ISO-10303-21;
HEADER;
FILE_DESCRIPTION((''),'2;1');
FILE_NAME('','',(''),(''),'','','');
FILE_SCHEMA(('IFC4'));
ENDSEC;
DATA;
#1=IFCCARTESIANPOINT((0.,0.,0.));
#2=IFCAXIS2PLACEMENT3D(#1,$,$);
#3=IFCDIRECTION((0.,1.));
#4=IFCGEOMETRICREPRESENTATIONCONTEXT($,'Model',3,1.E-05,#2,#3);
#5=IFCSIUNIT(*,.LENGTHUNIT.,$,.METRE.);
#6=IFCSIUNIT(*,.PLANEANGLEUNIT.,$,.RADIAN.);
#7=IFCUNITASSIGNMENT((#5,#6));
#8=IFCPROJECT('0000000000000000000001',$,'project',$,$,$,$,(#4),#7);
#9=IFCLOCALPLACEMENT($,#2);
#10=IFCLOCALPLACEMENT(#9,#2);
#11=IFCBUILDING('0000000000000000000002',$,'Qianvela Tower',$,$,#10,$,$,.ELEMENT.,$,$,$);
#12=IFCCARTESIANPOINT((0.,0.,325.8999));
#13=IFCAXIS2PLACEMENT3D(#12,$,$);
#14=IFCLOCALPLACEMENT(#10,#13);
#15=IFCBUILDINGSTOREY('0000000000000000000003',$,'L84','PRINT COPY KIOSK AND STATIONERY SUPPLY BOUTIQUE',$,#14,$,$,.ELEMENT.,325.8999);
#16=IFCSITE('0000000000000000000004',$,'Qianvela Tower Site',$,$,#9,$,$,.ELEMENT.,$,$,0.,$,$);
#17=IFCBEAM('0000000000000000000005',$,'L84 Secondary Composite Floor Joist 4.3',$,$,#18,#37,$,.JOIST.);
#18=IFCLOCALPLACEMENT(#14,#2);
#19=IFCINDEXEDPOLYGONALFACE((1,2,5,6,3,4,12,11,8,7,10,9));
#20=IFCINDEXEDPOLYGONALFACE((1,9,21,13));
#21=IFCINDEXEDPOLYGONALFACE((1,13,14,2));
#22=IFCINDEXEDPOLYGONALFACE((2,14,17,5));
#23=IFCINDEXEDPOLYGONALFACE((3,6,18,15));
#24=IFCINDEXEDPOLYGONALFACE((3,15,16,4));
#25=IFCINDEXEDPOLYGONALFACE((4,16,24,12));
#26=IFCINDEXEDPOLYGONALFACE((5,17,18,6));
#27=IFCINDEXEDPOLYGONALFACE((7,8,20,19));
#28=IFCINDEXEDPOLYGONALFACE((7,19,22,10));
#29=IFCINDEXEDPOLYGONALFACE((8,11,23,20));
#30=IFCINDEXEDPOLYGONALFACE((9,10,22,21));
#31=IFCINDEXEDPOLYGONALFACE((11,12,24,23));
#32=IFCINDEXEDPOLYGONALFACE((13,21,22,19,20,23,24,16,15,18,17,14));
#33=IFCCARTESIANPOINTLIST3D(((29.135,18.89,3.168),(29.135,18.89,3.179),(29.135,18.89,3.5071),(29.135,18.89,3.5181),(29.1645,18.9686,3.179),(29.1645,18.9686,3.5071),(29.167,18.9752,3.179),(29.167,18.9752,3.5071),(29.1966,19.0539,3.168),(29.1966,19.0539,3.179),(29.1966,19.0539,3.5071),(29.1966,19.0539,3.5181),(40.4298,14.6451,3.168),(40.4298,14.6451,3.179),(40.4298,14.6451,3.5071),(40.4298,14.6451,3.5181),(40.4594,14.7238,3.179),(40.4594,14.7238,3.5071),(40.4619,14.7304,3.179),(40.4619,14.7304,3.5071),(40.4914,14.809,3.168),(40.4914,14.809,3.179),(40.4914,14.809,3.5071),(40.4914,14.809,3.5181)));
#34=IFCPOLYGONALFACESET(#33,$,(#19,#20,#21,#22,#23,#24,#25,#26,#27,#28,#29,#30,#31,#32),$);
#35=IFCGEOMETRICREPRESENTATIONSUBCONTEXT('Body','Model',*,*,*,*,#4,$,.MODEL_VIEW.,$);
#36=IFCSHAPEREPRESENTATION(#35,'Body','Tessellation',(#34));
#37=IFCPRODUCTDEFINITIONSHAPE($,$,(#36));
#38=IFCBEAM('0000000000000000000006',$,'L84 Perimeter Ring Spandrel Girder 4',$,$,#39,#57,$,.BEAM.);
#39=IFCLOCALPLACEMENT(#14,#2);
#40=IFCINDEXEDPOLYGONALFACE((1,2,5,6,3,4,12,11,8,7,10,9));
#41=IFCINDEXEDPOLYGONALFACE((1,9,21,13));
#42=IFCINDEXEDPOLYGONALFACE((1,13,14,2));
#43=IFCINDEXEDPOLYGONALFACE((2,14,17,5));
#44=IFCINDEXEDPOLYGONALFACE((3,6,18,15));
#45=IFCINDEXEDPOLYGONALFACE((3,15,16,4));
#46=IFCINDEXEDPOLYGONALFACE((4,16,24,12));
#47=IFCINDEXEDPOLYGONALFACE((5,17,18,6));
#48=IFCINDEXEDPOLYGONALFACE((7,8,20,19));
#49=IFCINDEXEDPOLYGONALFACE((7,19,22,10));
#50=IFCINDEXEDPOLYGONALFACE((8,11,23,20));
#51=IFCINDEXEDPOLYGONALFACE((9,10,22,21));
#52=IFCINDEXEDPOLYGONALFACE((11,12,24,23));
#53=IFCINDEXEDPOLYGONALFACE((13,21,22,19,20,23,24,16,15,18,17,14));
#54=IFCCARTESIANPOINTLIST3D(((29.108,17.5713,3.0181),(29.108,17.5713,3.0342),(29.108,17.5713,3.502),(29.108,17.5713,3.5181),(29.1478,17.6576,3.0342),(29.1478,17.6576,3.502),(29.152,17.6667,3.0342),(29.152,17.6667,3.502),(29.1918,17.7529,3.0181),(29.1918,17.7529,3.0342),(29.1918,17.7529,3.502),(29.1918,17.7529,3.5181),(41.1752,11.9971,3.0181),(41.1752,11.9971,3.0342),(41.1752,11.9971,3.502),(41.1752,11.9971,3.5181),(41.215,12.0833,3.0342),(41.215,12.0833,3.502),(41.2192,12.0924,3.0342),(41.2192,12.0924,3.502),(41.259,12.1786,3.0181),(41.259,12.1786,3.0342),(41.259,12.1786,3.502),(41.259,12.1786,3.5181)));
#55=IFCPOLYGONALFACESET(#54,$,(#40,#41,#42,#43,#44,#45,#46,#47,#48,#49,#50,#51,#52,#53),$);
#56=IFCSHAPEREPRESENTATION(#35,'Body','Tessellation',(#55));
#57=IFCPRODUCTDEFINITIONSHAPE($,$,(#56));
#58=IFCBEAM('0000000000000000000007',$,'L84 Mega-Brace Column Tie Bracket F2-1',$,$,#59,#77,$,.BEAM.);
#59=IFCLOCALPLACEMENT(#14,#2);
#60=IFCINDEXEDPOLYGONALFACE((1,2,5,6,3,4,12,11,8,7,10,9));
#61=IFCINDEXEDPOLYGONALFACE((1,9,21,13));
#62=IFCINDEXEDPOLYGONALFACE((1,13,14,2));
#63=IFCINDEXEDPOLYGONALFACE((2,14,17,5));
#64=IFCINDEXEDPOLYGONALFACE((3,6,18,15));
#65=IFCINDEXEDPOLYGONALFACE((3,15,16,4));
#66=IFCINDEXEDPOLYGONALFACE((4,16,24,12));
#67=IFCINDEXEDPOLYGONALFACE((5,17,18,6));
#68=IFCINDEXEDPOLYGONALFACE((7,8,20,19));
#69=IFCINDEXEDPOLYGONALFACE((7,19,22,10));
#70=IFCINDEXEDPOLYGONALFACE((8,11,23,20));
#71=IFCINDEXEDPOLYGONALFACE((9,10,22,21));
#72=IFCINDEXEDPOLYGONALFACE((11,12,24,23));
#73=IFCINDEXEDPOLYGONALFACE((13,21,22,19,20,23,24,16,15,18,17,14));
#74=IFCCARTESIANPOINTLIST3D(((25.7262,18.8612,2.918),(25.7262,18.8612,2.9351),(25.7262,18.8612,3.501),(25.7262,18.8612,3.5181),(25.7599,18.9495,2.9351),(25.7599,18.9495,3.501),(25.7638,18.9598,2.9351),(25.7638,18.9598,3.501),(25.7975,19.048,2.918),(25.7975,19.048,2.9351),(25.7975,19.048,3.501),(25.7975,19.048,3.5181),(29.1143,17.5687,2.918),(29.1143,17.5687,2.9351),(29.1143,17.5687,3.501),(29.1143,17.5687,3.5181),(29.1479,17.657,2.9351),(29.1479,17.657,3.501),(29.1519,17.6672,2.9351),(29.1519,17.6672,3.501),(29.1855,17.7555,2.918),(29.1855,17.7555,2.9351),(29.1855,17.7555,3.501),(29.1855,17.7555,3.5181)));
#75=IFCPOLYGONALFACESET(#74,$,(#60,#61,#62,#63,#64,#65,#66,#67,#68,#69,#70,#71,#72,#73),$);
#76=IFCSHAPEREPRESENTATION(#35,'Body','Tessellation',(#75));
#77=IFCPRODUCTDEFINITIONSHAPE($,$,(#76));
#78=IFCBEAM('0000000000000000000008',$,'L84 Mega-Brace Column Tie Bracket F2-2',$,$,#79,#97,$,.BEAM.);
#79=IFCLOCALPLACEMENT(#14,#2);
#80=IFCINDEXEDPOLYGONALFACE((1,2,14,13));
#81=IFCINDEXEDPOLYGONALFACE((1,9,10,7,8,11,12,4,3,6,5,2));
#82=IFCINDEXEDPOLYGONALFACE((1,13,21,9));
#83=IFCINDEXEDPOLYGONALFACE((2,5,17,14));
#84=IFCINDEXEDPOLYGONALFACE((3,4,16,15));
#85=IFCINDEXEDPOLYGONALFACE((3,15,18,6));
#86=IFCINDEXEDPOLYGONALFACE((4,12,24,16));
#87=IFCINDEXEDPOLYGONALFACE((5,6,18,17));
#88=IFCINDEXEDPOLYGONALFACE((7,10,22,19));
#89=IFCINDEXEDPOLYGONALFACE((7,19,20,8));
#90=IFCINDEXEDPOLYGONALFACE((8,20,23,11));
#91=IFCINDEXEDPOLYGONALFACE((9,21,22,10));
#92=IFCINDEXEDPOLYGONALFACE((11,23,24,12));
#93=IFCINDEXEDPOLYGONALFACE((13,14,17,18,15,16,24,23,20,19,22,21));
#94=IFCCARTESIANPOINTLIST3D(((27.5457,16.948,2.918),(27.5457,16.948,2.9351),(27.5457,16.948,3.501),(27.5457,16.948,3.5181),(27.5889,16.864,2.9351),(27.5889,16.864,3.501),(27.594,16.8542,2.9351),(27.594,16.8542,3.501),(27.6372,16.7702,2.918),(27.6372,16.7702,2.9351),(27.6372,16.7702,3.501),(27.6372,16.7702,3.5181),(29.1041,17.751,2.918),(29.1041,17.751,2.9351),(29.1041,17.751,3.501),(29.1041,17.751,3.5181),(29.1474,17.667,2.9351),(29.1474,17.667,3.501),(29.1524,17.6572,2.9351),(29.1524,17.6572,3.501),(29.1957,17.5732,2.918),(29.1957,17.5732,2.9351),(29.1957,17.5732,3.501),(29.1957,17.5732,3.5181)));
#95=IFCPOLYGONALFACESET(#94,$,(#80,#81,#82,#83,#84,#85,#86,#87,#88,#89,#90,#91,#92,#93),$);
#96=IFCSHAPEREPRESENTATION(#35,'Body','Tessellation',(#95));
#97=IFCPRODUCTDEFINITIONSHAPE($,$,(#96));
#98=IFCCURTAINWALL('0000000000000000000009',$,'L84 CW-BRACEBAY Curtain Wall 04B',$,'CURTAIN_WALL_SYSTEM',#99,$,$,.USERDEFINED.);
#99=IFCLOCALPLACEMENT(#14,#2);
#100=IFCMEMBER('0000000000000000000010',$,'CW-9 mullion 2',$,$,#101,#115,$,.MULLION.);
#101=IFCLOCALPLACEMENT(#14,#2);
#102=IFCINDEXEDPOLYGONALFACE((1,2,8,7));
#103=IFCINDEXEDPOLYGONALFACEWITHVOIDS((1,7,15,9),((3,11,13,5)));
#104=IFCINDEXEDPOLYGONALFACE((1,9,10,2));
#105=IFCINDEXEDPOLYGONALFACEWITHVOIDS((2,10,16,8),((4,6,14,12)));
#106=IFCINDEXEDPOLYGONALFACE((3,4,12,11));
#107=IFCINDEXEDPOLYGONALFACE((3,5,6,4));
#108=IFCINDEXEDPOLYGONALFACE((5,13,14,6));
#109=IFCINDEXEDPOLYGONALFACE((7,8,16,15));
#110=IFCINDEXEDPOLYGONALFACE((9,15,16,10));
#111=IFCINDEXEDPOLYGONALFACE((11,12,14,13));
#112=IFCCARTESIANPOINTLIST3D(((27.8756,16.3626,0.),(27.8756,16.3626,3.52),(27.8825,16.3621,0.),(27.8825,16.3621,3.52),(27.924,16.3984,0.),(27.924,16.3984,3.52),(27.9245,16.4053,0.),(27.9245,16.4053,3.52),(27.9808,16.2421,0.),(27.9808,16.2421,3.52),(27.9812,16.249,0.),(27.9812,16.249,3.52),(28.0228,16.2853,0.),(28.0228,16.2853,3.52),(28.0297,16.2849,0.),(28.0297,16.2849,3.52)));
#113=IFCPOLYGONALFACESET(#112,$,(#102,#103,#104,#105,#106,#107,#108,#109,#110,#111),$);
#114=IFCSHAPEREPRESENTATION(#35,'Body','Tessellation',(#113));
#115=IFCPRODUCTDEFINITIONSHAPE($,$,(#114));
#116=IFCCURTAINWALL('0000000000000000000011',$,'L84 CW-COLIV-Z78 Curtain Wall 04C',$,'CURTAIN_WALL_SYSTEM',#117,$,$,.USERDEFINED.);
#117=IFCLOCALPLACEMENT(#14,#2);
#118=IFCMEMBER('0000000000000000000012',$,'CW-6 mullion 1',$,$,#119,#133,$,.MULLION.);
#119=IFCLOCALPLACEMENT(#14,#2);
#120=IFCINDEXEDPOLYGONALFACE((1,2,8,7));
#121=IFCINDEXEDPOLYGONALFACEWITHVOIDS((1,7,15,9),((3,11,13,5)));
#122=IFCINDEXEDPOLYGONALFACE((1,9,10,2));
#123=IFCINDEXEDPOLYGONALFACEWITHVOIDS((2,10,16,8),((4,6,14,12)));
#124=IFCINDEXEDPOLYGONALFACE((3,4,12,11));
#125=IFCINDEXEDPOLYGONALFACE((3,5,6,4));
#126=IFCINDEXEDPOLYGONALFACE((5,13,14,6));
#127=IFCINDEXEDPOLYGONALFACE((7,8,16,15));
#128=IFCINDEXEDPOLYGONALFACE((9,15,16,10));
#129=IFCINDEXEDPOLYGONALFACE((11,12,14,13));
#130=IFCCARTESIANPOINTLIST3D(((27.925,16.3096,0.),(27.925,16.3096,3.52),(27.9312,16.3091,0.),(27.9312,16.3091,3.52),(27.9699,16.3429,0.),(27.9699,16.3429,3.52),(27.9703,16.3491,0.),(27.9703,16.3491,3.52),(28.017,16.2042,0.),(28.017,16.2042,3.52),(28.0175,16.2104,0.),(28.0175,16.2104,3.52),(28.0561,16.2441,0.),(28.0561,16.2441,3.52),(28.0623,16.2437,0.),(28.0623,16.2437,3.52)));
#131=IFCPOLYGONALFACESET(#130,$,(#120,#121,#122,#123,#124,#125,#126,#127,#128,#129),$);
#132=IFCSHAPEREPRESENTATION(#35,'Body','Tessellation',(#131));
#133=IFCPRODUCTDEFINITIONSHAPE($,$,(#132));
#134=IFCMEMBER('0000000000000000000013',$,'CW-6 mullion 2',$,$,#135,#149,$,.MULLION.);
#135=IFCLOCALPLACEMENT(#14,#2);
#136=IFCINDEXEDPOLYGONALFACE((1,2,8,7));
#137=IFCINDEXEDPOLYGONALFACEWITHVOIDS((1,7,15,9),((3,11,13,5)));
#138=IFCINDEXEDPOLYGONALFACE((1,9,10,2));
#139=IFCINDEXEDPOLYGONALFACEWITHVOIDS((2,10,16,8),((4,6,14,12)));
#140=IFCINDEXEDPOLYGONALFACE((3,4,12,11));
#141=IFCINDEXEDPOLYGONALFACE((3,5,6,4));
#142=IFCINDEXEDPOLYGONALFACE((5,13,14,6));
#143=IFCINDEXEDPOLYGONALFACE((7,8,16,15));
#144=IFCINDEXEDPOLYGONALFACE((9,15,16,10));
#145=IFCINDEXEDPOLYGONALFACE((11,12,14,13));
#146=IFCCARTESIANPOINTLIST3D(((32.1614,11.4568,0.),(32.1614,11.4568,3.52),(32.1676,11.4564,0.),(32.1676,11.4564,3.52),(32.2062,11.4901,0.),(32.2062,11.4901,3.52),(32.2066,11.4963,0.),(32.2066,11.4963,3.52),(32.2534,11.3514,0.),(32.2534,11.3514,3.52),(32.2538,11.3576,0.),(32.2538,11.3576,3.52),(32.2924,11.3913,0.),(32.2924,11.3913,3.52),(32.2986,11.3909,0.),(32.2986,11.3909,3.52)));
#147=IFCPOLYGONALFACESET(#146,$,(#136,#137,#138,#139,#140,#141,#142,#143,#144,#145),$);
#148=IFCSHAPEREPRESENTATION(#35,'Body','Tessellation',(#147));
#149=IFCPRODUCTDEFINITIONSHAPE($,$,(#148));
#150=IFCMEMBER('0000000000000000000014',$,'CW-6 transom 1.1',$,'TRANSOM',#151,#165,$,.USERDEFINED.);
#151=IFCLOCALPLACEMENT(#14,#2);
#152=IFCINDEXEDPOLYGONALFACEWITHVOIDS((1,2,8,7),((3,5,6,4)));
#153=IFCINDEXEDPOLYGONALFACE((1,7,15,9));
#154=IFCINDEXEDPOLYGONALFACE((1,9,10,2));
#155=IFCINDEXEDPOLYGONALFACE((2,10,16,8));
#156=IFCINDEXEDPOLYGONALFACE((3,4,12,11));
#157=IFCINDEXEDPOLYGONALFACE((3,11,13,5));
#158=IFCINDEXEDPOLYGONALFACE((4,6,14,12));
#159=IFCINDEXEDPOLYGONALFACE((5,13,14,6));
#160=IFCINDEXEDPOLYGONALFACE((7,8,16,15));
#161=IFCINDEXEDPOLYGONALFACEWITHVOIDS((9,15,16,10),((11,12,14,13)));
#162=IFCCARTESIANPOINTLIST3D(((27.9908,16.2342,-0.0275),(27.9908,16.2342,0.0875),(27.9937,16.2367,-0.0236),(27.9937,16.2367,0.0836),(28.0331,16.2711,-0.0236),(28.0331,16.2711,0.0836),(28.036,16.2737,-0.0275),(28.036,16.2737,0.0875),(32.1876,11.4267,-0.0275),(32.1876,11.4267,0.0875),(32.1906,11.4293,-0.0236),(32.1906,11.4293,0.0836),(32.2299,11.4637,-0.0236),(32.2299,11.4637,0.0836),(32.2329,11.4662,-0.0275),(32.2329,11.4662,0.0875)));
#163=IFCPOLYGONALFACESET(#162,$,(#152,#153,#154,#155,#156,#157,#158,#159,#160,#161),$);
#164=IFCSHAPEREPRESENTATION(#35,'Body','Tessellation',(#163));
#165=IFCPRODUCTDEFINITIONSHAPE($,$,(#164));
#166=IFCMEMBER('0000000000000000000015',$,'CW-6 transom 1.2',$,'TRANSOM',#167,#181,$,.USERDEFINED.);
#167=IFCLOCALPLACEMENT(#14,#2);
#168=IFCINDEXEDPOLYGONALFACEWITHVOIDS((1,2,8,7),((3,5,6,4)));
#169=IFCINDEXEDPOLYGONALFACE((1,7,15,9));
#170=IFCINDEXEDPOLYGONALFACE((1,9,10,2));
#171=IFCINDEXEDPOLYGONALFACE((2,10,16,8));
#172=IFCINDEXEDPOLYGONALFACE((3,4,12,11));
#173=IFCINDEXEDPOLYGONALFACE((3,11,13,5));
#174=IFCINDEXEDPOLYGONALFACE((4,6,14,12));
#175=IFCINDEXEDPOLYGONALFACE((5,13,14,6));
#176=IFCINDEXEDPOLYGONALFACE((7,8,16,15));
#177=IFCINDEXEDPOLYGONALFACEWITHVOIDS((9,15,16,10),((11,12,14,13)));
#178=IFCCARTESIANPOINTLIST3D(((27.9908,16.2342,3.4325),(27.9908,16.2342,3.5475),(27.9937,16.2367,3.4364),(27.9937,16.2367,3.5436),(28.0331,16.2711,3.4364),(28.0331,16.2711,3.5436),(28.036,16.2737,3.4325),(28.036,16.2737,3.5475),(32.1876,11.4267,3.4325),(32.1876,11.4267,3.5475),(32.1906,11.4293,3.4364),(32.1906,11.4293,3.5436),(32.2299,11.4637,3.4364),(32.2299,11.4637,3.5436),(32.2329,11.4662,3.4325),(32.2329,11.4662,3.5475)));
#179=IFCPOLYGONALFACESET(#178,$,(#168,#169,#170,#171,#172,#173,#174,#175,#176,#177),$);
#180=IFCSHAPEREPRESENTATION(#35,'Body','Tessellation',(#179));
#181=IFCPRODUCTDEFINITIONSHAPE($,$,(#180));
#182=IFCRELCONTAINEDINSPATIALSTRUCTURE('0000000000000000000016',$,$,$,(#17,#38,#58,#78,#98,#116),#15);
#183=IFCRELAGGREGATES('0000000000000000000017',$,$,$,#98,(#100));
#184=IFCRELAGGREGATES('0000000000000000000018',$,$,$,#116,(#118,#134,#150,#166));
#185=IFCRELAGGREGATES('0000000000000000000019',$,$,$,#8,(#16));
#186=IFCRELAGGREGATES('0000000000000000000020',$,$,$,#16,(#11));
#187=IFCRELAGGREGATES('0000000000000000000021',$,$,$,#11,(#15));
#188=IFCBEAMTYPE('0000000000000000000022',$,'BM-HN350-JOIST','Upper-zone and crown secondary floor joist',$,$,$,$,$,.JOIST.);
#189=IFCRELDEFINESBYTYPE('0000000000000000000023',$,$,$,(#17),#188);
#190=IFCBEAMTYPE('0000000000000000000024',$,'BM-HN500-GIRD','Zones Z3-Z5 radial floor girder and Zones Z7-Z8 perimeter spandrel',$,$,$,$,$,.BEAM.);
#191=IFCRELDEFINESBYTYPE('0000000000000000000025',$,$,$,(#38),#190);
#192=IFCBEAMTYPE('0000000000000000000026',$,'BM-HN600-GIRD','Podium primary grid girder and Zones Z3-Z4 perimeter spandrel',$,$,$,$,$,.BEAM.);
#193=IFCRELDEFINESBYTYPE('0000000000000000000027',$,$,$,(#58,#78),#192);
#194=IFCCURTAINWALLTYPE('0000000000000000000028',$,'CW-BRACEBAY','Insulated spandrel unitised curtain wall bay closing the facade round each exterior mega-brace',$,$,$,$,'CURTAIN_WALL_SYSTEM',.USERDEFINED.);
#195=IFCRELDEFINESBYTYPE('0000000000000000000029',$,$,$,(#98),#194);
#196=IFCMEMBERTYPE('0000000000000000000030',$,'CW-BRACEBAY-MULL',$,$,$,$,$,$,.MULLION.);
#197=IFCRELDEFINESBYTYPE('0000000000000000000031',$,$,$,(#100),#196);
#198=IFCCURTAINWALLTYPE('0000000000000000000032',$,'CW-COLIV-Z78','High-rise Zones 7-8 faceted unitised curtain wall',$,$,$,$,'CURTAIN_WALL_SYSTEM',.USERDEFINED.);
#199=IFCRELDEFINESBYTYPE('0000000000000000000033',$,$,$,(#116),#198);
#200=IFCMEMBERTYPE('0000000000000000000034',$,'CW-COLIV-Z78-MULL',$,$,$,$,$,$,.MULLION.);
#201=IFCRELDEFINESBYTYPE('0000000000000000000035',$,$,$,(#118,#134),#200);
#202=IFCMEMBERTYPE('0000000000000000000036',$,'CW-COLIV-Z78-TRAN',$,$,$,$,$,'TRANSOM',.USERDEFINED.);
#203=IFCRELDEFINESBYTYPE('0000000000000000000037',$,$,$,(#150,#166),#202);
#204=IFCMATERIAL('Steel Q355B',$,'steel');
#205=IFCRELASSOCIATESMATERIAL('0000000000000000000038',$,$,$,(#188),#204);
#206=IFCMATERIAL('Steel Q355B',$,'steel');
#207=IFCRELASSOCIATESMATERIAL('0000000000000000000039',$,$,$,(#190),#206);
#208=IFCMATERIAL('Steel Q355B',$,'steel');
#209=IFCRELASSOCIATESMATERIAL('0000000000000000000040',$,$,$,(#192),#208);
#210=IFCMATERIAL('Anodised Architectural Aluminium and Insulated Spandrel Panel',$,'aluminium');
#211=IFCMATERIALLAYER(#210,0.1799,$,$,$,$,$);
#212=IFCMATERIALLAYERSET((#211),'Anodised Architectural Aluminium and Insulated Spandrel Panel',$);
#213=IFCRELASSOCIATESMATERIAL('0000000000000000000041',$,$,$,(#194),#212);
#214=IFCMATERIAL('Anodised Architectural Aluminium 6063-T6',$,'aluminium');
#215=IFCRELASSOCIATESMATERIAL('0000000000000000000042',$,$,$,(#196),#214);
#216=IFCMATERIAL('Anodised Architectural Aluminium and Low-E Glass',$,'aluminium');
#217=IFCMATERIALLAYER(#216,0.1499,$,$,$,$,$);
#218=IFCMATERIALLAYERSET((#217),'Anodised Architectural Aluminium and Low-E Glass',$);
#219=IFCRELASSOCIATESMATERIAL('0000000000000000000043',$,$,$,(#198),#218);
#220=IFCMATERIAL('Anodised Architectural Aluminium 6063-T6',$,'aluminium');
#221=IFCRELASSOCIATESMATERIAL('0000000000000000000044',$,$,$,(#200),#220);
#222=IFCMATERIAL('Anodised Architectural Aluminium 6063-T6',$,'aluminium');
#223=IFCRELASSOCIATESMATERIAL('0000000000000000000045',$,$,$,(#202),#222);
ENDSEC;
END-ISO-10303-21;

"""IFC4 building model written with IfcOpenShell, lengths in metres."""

from ifc_helpers import new_model, si_unit, direction, frame, origin, origin_2d, place, context, subcontext, project, spatial, hollow_rectangle, i_section, extrude, material, layer, layer_set, material_profile, profile_set, type_object, element, aggregate, save


model = new_model("IFC4")

# Units and contexts
model_context = context("Model", 3, precision=1e-05, world=origin(), true_north=direction((0.0, 1.0)))
body_context = subcontext(model_context, "Body", "Model", "MODEL_VIEW")
ifc_project = project(units=[si_unit("LENGTHUNIT", "METRE"), si_unit("PLANEANGLEUNIT", "RADIAN")], contexts=[model_context])

# Site, building, storey
site_placement = place(None, origin())
site = spatial("IfcSite", under=ifc_project, at=site_placement, Name="Qianvela Tower Site", CompositionType="ELEMENT", RefElevation=0.0)
building_placement = place(site_placement, origin())
building = spatial("IfcBuilding", under=site, at=building_placement, Name="Qianvela Tower", CompositionType="ELEMENT")
storey_placement = place(building_placement, frame((0.0, 0.0, 325.8999)))
storey = spatial("IfcBuildingStorey", under=building, at=storey_placement, Name="L84", Description="PRINT COPY KIOSK AND STATIONERY SUPPLY BOUTIQUE", CompositionType="ELEMENT", Elevation=325.8999)

# Beams
ifc_material_1 = material(Name="Steel Q355B", Category="steel")
ifc_material_profile_1 = material_profile(ifc_material_1, i_section(OverallWidth=0.175, OverallDepth=0.3501, WebThickness=0.0071, FlangeThickness=0.011, at=origin_2d()), Name="HN350x175x7x11")
ifc_profile_set_1 = profile_set([ifc_material_profile_1], Name="Steel Q355B")
beam_type_1 = type_object("IfcBeamType", Name="BM-HN350-JOIST", Description="Upper-zone and crown secondary floor joist", PredefinedType="JOIST", material=ifc_profile_set_1)
beam_1_placement = place(storey_placement, frame((29.1658, 18.9719, 3.343), z_axis=(0.936076, -0.351797, 0.0), x_axis=(0.351797, 0.936076, 0.0)))
element("IfcBeam", 1, at=beam_1_placement, inside=storey, type_object=beam_type_1, Name="L84 Secondary Composite Floor Joist 4.3", PredefinedType="JOIST", context=body_context, shape_type="SweptSolid", body=[
    extrude(i_section(OverallWidth=0.175, OverallDepth=0.3501, WebThickness=0.0071, FlangeThickness=0.011, at=origin_2d()), origin(), (0.0, 0.0, 1.0), 12.0662),
])
ifc_material_2 = material(Name="Steel Q355B", Category="steel")
ifc_material_profile_2 = material_profile(ifc_material_2, i_section(OverallWidth=0.2, OverallDepth=0.5, WebThickness=0.01, FlangeThickness=0.0161, at=origin_2d()), Name="HN500x200x10x16")
ifc_profile_set_2 = profile_set([ifc_material_profile_2], Name="Steel Q355B")
beam_type_2 = type_object("IfcBeamType", Name="BM-HN500-GIRD", Description="Zones Z3-Z5 radial floor girder and Zones Z7-Z8 perimeter spandrel", PredefinedType="BEAM", material=ifc_profile_set_2)
beam_2_placement = place(storey_placement, frame((29.1499, 17.6621, 3.2681), z_axis=(0.907823, -0.419354, 0.0), x_axis=(0.419354, 0.907823, 0.0)))
element("IfcBeam", 2, at=beam_2_placement, inside=storey, type_object=beam_type_2, Name="L84 Perimeter Ring Spandrel Girder 4", PredefinedType="BEAM", context=body_context, shape_type="SweptSolid", body=[
    extrude(i_section(OverallWidth=0.2, OverallDepth=0.5, WebThickness=0.01, FlangeThickness=0.0161, at=origin_2d()), origin(), (0.0, 0.0, 1.0), 13.2925),
])
ifc_material_3 = material(Name="Steel Q355B", Category="steel")
ifc_material_profile_3 = material_profile(ifc_material_3, i_section(OverallWidth=0.2, OverallDepth=0.6001, WebThickness=0.011, FlangeThickness=0.0171, at=origin_2d()), Name="HN600x200x11x17")
ifc_profile_set_3 = profile_set([ifc_material_profile_3], Name="Steel Q355B")
beam_type_3 = type_object("IfcBeamType", Name="BM-HN600-GIRD", Description="Podium primary grid girder and Zones Z3-Z4 perimeter spandrel", PredefinedType="BEAM", material=ifc_profile_set_3)
beam_3_placement = place(storey_placement, frame((29.1499, 17.6621, 3.218), z_axis=(-0.934319, 0.356438, 0.0), x_axis=(-0.356438, -0.934319, 0.0)))
element("IfcBeam", 3, at=beam_3_placement, inside=storey, type_object=beam_type_3, Name="L84 Mega-Brace Column Tie Bracket F2-1", PredefinedType="BEAM", context=body_context, shape_type="SweptSolid", body=[
    extrude(i_section(OverallWidth=0.2, OverallDepth=0.6001, WebThickness=0.011, FlangeThickness=0.0171, at=origin_2d()), origin(), (0.0, 0.0, 1.0), 3.6262),
])
beam_4_placement = place(storey_placement, frame((29.1499, 17.6621, 3.218), z_axis=(-0.88893, -0.458043, 0.0), x_axis=(0.458043, -0.88893, 0.0)))
element("IfcBeam", 4, at=beam_4_placement, inside=storey, type_object=beam_type_3, Name="L84 Mega-Brace Column Tie Bracket F2-2", PredefinedType="BEAM", context=body_context, shape_type="SweptSolid", body=[
    extrude(i_section(OverallWidth=0.2, OverallDepth=0.6001, WebThickness=0.011, FlangeThickness=0.0171, at=origin_2d()), origin(), (0.0, 0.0, 1.0), 1.7532),
])

# Curtain wall, member
ifc_material_4 = material(Name="Anodised Architectural Aluminium and Insulated Spandrel Panel", Category="aluminium")
ifc_layer_1 = layer(ifc_material_4, 0.1799)
ifc_layer_set_1 = layer_set([ifc_layer_1], Name="Anodised Architectural Aluminium and Insulated Spandrel Panel")
curtain_wall_type_1 = type_object("IfcCurtainWallType", Name="CW-BRACEBAY", Description="Insulated spandrel unitised curtain wall bay closing the facade round each exterior mega-brace", ElementType="CURTAIN_WALL_SYSTEM", PredefinedType="USERDEFINED", material=ifc_layer_set_1)
curtain_wall_1_placement = place(storey_placement, origin())
curtain_wall_1 = element("IfcCurtainWall", 5, at=curtain_wall_1_placement, inside=storey, type_object=curtain_wall_type_1, Name="L84 CW-BRACEBAY Curtain Wall 04B", ObjectType="CURTAIN_WALL_SYSTEM", PredefinedType="USERDEFINED")
ifc_material_5 = material(Name="Anodised Architectural Aluminium 6063-T6", Category="aluminium")
ifc_material_profile_4 = material_profile(ifc_material_5, hollow_rectangle(XDim=0.0649, YDim=0.1599, WallThickness=0.0049, at=origin_2d()), Name="ALU-MULL-65x160")
ifc_profile_set_4 = profile_set([ifc_material_profile_4], Name="Anodised Architectural Aluminium 6063-T6")
member_type_1 = type_object("IfcMemberType", Name="CW-BRACEBAY-MULL", PredefinedType="MULLION", material=ifc_profile_set_4)
member_1_placement = place(storey_placement, frame((27.9526, 16.3237, 0.0), z_axis=(0.0, 0.0, 1.0), x_axis=(0.753339, 0.657632, 0.0)))
member_1 = element("IfcMember", 6, at=member_1_placement, type_object=member_type_1, Name="CW-9 mullion 2", PredefinedType="MULLION", context=body_context, shape_type="SweptSolid", body=[
    extrude(hollow_rectangle(XDim=0.0649, YDim=0.1599, WallThickness=0.0049, at=origin_2d()), origin(), (0.0, 0.0, 1.0), 3.52),
])

# Curtain wall, members
ifc_material_6 = material(Name="Anodised Architectural Aluminium and Low-E Glass", Category="aluminium")
ifc_layer_2 = layer(ifc_material_6, 0.1499)
ifc_layer_set_2 = layer_set([ifc_layer_2], Name="Anodised Architectural Aluminium and Low-E Glass")
curtain_wall_type_2 = type_object("IfcCurtainWallType", Name="CW-COLIV-Z78", Description="High-rise Zones 7-8 faceted unitised curtain wall", ElementType="CURTAIN_WALL_SYSTEM", PredefinedType="USERDEFINED", material=ifc_layer_set_2)
curtain_wall_2_placement = place(storey_placement, origin())
curtain_wall_2 = element("IfcCurtainWall", 7, at=curtain_wall_2_placement, inside=storey, type_object=curtain_wall_type_2, Name="L84 CW-COLIV-Z78 Curtain Wall 04C", ObjectType="CURTAIN_WALL_SYSTEM", PredefinedType="USERDEFINED")
ifc_material_7 = material(Name="Anodised Architectural Aluminium 6063-T6", Category="aluminium")
ifc_material_profile_5 = material_profile(ifc_material_7, hollow_rectangle(XDim=0.0601, YDim=0.1399, WallThickness=0.0044, at=origin_2d()), Name="ALU-MULL-60x140")
ifc_profile_set_5 = profile_set([ifc_material_profile_5], Name="Anodised Architectural Aluminium 6063-T6")
member_type_2 = type_object("IfcMemberType", Name="CW-COLIV-Z78-MULL", PredefinedType="MULLION", material=ifc_profile_set_5)
member_2_placement = place(storey_placement, frame((27.9937, 16.2766, 0.0), z_axis=(0.0, 0.0, 1.0), x_axis=(0.753333, 0.657639, 0.0)))
member_2 = element("IfcMember", 8, at=member_2_placement, type_object=member_type_2, Name="CW-6 mullion 1", PredefinedType="MULLION", context=body_context, shape_type="SweptSolid", body=[
    extrude(hollow_rectangle(XDim=0.0601, YDim=0.1399, WallThickness=0.0044, at=origin_2d()), origin(), (0.0, 0.0, 1.0), 3.52),
])
member_3_placement = place(storey_placement, frame((32.23, 11.4238, 0.0), z_axis=(0.0, 0.0, 1.0), x_axis=(0.753333, 0.657639, 0.0)))
member_3 = element("IfcMember", 9, at=member_3_placement, type_object=member_type_2, Name="CW-6 mullion 2", PredefinedType="MULLION", context=body_context, shape_type="SweptSolid", body=[
    extrude(hollow_rectangle(XDim=0.0601, YDim=0.1399, WallThickness=0.0044, at=origin_2d()), origin(), (0.0, 0.0, 1.0), 3.52),
])
ifc_material_8 = material(Name="Anodised Architectural Aluminium 6063-T6", Category="aluminium")
ifc_material_profile_6 = material_profile(ifc_material_8, hollow_rectangle(XDim=0.0601, YDim=0.115, WallThickness=0.0039, at=origin_2d()), Name="ALU-TRAN-60x115")
ifc_profile_set_6 = profile_set([ifc_material_profile_6], Name="Anodised Architectural Aluminium 6063-T6")
member_type_3 = type_object("IfcMemberType", Name="CW-COLIV-Z78-TRAN", ElementType="TRANSOM", PredefinedType="USERDEFINED", material=ifc_profile_set_6)
member_4_placement = place(storey_placement, frame((28.0134, 16.2539, 0.03), z_axis=(0.657646, -0.753327, 0.0), x_axis=(0.753327, 0.657646, 0.0)))
member_4 = element("IfcMember", 10, at=member_4_placement, type_object=member_type_3, Name="CW-6 transom 1.1", ObjectType="TRANSOM", PredefinedType="USERDEFINED", context=body_context, shape_type="SweptSolid", body=[
    extrude(hollow_rectangle(XDim=0.0601, YDim=0.115, WallThickness=0.0039, at=origin_2d()), origin(), (0.0, 0.0, 1.0), 6.3816),
])
member_5_placement = place(storey_placement, frame((28.0134, 16.2539, 3.49), z_axis=(0.657646, -0.753327, 0.0), x_axis=(0.753327, 0.657646, 0.0)))
member_5 = element("IfcMember", 11, at=member_5_placement, type_object=member_type_3, Name="CW-6 transom 1.2", ObjectType="TRANSOM", PredefinedType="USERDEFINED", context=body_context, shape_type="SweptSolid", body=[
    extrude(hollow_rectangle(XDim=0.0601, YDim=0.115, WallThickness=0.0039, at=origin_2d()), origin(), (0.0, 0.0, 1.0), 6.3816),
])

aggregate(curtain_wall_1, [member_1])
aggregate(curtain_wall_2, [member_2, member_3, member_4, member_5])

save(model, "model.ifc")
